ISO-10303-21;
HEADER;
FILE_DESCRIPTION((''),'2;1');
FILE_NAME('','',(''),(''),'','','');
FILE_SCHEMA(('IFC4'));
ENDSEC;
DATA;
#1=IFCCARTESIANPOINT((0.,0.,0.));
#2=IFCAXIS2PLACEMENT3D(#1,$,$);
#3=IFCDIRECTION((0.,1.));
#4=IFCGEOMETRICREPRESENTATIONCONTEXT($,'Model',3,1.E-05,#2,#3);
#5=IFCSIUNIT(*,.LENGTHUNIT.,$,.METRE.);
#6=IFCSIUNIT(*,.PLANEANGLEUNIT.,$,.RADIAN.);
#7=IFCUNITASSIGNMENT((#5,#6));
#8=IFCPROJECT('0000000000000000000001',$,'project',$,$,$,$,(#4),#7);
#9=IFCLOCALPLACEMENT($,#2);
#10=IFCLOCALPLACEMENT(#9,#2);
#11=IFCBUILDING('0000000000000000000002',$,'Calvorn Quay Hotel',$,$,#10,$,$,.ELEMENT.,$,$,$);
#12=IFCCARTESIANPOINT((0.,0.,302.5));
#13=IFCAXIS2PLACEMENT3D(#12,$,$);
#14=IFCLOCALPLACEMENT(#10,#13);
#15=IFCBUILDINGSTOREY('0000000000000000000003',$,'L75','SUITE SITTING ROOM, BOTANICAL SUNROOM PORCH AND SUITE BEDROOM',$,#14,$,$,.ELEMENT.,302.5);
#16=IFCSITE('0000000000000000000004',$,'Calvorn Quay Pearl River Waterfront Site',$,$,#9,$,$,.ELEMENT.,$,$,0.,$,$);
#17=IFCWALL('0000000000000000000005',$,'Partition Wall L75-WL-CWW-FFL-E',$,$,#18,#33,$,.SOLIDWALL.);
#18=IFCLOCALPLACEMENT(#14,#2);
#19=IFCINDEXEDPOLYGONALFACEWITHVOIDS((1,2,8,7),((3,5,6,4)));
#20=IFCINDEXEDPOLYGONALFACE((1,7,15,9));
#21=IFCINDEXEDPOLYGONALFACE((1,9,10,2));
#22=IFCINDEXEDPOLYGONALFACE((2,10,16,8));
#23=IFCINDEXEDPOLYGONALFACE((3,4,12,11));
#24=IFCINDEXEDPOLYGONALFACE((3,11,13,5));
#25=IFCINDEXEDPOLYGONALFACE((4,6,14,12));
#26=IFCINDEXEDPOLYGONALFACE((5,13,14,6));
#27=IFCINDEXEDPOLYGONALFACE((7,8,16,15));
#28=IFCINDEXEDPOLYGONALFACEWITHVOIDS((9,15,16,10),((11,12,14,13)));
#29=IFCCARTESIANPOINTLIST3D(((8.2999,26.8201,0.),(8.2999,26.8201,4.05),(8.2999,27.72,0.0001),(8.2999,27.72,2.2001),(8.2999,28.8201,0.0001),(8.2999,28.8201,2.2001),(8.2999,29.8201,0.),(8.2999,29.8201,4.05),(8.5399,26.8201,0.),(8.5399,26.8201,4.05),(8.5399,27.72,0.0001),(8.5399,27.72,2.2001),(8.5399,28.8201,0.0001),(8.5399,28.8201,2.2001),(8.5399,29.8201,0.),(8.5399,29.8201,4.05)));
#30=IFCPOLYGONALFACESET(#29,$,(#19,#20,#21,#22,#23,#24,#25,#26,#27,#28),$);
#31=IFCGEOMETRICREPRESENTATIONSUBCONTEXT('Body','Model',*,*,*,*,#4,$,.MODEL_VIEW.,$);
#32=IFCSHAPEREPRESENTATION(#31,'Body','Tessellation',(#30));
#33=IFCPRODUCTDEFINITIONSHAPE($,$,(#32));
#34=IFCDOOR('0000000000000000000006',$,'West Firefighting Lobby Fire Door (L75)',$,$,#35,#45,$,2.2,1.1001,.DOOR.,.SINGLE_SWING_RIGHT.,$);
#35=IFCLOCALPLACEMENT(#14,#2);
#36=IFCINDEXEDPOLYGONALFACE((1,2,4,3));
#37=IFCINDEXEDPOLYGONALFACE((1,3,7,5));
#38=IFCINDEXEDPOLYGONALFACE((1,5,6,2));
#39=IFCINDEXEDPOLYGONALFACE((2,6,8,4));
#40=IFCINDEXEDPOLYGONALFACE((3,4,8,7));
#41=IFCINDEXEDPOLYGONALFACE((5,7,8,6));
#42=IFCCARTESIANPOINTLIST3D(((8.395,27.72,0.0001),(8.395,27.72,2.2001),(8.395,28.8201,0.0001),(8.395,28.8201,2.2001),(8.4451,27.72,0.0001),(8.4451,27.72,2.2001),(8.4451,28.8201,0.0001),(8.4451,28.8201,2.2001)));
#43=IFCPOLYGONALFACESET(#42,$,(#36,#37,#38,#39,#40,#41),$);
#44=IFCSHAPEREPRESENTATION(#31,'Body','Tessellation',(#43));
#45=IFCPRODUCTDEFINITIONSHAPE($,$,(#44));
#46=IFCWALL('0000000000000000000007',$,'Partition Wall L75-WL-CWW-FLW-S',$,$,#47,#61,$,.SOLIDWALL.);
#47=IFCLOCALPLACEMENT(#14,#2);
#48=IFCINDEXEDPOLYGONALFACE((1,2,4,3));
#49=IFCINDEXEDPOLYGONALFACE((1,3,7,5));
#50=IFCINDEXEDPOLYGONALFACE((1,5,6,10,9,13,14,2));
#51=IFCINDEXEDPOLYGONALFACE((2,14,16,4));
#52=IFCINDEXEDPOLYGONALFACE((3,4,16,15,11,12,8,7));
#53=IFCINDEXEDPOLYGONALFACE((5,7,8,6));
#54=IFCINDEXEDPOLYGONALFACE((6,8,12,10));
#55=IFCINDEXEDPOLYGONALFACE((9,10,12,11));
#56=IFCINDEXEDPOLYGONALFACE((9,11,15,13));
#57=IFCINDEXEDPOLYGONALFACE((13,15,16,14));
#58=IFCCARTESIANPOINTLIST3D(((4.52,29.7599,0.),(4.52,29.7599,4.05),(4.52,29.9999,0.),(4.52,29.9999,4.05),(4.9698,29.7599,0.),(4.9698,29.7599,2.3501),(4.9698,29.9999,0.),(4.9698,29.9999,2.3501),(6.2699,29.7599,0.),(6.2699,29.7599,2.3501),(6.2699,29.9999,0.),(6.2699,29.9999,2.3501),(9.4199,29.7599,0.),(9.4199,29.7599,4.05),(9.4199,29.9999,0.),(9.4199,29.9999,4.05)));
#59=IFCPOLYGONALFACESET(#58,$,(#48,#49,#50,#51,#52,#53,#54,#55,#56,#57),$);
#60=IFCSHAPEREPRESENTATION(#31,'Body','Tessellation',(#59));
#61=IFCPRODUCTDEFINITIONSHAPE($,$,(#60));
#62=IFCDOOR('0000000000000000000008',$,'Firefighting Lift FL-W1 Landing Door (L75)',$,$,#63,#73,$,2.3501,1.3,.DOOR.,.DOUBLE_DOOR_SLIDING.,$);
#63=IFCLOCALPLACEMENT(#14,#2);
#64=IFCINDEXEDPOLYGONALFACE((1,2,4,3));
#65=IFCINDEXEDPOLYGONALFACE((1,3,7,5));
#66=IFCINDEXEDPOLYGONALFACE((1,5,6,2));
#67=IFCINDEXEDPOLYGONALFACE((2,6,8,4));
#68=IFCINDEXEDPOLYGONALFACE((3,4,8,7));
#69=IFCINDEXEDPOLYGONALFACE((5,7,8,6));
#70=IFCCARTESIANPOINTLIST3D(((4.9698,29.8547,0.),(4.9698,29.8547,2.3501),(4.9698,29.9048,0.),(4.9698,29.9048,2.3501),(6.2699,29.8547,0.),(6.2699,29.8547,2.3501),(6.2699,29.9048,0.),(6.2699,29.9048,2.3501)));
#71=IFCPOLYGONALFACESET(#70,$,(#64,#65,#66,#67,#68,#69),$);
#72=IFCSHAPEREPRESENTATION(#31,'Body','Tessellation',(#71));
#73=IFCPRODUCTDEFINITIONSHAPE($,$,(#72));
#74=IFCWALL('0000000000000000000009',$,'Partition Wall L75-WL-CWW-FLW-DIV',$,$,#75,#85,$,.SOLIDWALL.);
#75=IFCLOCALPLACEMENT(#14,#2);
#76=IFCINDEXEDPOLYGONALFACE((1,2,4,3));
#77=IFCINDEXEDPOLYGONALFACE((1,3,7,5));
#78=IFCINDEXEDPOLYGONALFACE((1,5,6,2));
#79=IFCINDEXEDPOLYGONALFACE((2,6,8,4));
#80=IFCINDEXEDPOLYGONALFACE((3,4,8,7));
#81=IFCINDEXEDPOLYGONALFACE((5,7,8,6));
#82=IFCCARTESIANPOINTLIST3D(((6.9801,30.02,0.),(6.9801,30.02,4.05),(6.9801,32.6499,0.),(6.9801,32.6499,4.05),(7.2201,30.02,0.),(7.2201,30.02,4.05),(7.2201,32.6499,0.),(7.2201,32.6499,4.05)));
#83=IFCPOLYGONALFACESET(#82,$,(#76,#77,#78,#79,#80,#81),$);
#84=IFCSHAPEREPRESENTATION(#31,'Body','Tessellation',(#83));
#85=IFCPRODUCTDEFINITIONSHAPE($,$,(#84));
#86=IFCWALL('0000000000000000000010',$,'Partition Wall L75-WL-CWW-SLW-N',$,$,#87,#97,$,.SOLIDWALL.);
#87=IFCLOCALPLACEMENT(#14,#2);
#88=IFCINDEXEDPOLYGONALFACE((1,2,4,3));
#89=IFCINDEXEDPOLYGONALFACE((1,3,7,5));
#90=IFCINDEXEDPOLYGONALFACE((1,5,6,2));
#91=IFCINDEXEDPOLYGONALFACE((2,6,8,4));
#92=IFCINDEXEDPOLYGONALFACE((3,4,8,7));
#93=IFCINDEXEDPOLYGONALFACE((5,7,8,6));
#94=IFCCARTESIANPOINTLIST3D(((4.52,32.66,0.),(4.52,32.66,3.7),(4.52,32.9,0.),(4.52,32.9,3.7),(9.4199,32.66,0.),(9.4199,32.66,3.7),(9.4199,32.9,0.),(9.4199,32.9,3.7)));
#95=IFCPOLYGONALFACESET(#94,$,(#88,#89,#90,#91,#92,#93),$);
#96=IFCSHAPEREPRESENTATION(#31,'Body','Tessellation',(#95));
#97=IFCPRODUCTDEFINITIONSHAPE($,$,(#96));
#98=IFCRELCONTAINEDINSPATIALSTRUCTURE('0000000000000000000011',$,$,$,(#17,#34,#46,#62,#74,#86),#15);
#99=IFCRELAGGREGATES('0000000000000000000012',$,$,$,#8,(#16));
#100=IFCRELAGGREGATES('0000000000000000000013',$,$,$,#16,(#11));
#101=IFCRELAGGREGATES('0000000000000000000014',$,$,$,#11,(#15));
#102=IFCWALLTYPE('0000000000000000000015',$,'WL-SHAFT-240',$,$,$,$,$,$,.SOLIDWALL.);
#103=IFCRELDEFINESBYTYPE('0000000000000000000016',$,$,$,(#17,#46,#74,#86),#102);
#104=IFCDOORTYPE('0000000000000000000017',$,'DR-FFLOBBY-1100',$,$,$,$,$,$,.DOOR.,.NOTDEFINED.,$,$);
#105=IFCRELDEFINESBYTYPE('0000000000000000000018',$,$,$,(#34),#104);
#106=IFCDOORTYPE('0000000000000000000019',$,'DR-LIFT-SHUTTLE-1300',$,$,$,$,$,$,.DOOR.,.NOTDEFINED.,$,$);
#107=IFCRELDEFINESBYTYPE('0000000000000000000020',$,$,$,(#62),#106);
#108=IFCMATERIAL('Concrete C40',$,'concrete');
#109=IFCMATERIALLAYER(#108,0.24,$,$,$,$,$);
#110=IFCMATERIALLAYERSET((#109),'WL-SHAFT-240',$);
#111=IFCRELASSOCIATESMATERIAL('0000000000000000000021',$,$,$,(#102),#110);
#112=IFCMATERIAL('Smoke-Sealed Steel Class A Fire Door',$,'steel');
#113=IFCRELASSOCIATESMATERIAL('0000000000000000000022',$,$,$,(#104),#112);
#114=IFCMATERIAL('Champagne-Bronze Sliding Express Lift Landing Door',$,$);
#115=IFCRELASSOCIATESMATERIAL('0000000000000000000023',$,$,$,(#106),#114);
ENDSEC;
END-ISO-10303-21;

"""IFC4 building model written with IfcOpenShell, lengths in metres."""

from ifc_helpers import new_model, si_unit, direction, frame, frame_2d, origin, place, context, subcontext, project, spatial, rectangle, extrude, material, layer, layer_set, type_object, element, fill, save


model = new_model("IFC4")

# Units and contexts
model_context = context("Model", 3, precision=1e-05, world=origin(), true_north=direction((0.0, 1.0)))
body_context = subcontext(model_context, "Body", "Model", "MODEL_VIEW")
ifc_project = project(units=[si_unit("LENGTHUNIT", "METRE"), si_unit("PLANEANGLEUNIT", "RADIAN")], contexts=[model_context])

# Site, building, storey
site_placement = place(None, origin())
site = spatial("IfcSite", under=ifc_project, at=site_placement, Name="Calvorn Quay Pearl River Waterfront Site", CompositionType="ELEMENT", RefElevation=0.0)
building_placement = place(site_placement, origin())
building = spatial("IfcBuilding", under=site, at=building_placement, Name="Calvorn Quay Hotel", CompositionType="ELEMENT")
storey_placement = place(building_placement, frame((0.0, 0.0, 302.5)))
storey = spatial("IfcBuildingStorey", under=building, at=storey_placement, Name="L75", Description="SUITE SITTING ROOM, BOTANICAL SUNROOM PORCH AND SUITE BEDROOM", CompositionType="ELEMENT", Elevation=302.5)

# Walls, openings, doors
ifc_material_1 = material(Name="Concrete C40", Category="concrete")
ifc_layer_1 = layer(ifc_material_1, 0.24)
ifc_layer_set_1 = layer_set([ifc_layer_1], Name="WL-SHAFT-240")
wall_type_1 = type_object("IfcWallType", Name="WL-SHAFT-240", PredefinedType="SOLIDWALL", material=ifc_layer_set_1)
wall_1_placement = place(storey_placement, frame((8.4199, 26.8201, 0.0), z_axis=(0.0, 0.0, 1.0), x_axis=(0.0, 1.0, 0.0)))
wall_1 = element("IfcWall", 1, at=wall_1_placement, inside=storey, type_object=wall_type_1, Name="Partition Wall L75-WL-CWW-FFL-E", PredefinedType="SOLIDWALL", context=body_context, shape_type="SweptSolid", body=[
    extrude(rectangle(XDim=3.0, YDim=0.24, at=frame_2d((1.5, 0.0))), origin(), (0.0, 0.0, 1.0), 4.05),
])
opening_1_placement = place(wall_1_placement, frame((0.8999, 0.0, 0.0)))
opening_1 = element("IfcOpeningElement", 2, at=opening_1_placement, cuts=wall_1, PredefinedType="OPENING", context=body_context, shape_type="SweptSolid", body=[
    extrude(rectangle(XDim=1.1001, YDim=2.2, at=frame_2d((0.55, 1.1001))), frame((0.0, 0.1299, 0.0), z_axis=(0.0, -1.0, 0.0), x_axis=(1.0, 0.0, 0.0)), (0.0, 0.0, 1.0), 0.26),
])
ifc_material_2 = material(Name="Smoke-Sealed Steel Class A Fire Door", Category="steel")
door_type_1 = type_object("IfcDoorType", Name="DR-FFLOBBY-1100", OperationType="NOTDEFINED", PredefinedType="DOOR", material=ifc_material_2)
door_1_placement = place(opening_1_placement, origin())
door_1 = element("IfcDoor", 3, at=door_1_placement, inside=storey, type_object=door_type_1, Name="West Firefighting Lobby Fire Door (L75)", OperationType="SINGLE_SWING_RIGHT", OverallHeight=2.2, OverallWidth=1.1001, PredefinedType="DOOR", context=body_context, shape_type="SweptSolid", body=[
    extrude(rectangle(XDim=1.1001, YDim=2.2, at=frame_2d((0.55, 1.1001))), frame((0.0, 0.0249, 0.0), z_axis=(0.0, -1.0, 0.0), x_axis=(1.0, 0.0, 0.0)), (0.0, 0.0, 1.0), 0.05),
])
fill(opening_1, door_1)
wall_2_placement = place(storey_placement, frame((4.52, 29.8799, 0.0), z_axis=(0.0, 0.0, 1.0), x_axis=(1.0, 0.0, 0.0)))
wall_2 = element("IfcWall", 4, at=wall_2_placement, inside=storey, type_object=wall_type_1, Name="Partition Wall L75-WL-CWW-FLW-S", PredefinedType="SOLIDWALL", context=body_context, shape_type="SweptSolid", body=[
    extrude(rectangle(XDim=4.8999, YDim=0.24, at=frame_2d((2.45, 0.0))), origin(), (0.0, 0.0, 1.0), 4.05),
])
opening_2_placement = place(wall_2_placement, frame((0.45, 0.0, 0.0)))
opening_2 = element("IfcOpeningElement", 5, at=opening_2_placement, cuts=wall_2, PredefinedType="OPENING", context=body_context, shape_type="SweptSolid", body=[
    extrude(rectangle(XDim=1.3, YDim=2.3501, at=frame_2d((0.6499, 1.175))), frame((0.0, 0.1299, 0.0), z_axis=(0.0, -1.0, 0.0), x_axis=(1.0, 0.0, 0.0)), (0.0, 0.0, 1.0), 0.26),
])
ifc_material_3 = material(Name="Champagne-Bronze Sliding Express Lift Landing Door")
door_type_2 = type_object("IfcDoorType", Name="DR-LIFT-SHUTTLE-1300", OperationType="NOTDEFINED", PredefinedType="DOOR", material=ifc_material_3)
door_2_placement = place(opening_2_placement, origin())
door_2 = element("IfcDoor", 6, at=door_2_placement, inside=storey, type_object=door_type_2, Name="Firefighting Lift FL-W1 Landing Door (L75)", OperationType="DOUBLE_DOOR_SLIDING", OverallHeight=2.3501, OverallWidth=1.3, PredefinedType="DOOR", context=body_context, shape_type="SweptSolid", body=[
    extrude(rectangle(XDim=1.3, YDim=2.3501, at=frame_2d((0.6499, 1.175))), frame((0.0, 0.0249, 0.0), z_axis=(0.0, -1.0, 0.0), x_axis=(1.0, 0.0, 0.0)), (0.0, 0.0, 1.0), 0.05),
])
fill(opening_2, door_2)

# Walls
wall_3_placement = place(storey_placement, frame((7.1001, 30.02, 0.0), z_axis=(0.0, 0.0, 1.0), x_axis=(0.0, 1.0, 0.0)))
element("IfcWall", 7, at=wall_3_placement, inside=storey, type_object=wall_type_1, Name="Partition Wall L75-WL-CWW-FLW-DIV", PredefinedType="SOLIDWALL", context=body_context, shape_type="SweptSolid", body=[
    extrude(rectangle(XDim=2.6299, YDim=0.24, at=frame_2d((1.3149, 0.0))), origin(), (0.0, 0.0, 1.0), 4.05),
])
wall_4_placement = place(storey_placement, frame((4.52, 32.78, 0.0), z_axis=(0.0, 0.0, 1.0), x_axis=(1.0, 0.0, 0.0)))
element("IfcWall", 8, at=wall_4_placement, inside=storey, type_object=wall_type_1, Name="Partition Wall L75-WL-CWW-SLW-N", PredefinedType="SOLIDWALL", context=body_context, shape_type="SweptSolid", body=[
    extrude(rectangle(XDim=4.8999, YDim=0.24, at=frame_2d((2.45, 0.0))), origin(), (0.0, 0.0, 1.0), 3.7),
])

save(model, "model.ifc")
